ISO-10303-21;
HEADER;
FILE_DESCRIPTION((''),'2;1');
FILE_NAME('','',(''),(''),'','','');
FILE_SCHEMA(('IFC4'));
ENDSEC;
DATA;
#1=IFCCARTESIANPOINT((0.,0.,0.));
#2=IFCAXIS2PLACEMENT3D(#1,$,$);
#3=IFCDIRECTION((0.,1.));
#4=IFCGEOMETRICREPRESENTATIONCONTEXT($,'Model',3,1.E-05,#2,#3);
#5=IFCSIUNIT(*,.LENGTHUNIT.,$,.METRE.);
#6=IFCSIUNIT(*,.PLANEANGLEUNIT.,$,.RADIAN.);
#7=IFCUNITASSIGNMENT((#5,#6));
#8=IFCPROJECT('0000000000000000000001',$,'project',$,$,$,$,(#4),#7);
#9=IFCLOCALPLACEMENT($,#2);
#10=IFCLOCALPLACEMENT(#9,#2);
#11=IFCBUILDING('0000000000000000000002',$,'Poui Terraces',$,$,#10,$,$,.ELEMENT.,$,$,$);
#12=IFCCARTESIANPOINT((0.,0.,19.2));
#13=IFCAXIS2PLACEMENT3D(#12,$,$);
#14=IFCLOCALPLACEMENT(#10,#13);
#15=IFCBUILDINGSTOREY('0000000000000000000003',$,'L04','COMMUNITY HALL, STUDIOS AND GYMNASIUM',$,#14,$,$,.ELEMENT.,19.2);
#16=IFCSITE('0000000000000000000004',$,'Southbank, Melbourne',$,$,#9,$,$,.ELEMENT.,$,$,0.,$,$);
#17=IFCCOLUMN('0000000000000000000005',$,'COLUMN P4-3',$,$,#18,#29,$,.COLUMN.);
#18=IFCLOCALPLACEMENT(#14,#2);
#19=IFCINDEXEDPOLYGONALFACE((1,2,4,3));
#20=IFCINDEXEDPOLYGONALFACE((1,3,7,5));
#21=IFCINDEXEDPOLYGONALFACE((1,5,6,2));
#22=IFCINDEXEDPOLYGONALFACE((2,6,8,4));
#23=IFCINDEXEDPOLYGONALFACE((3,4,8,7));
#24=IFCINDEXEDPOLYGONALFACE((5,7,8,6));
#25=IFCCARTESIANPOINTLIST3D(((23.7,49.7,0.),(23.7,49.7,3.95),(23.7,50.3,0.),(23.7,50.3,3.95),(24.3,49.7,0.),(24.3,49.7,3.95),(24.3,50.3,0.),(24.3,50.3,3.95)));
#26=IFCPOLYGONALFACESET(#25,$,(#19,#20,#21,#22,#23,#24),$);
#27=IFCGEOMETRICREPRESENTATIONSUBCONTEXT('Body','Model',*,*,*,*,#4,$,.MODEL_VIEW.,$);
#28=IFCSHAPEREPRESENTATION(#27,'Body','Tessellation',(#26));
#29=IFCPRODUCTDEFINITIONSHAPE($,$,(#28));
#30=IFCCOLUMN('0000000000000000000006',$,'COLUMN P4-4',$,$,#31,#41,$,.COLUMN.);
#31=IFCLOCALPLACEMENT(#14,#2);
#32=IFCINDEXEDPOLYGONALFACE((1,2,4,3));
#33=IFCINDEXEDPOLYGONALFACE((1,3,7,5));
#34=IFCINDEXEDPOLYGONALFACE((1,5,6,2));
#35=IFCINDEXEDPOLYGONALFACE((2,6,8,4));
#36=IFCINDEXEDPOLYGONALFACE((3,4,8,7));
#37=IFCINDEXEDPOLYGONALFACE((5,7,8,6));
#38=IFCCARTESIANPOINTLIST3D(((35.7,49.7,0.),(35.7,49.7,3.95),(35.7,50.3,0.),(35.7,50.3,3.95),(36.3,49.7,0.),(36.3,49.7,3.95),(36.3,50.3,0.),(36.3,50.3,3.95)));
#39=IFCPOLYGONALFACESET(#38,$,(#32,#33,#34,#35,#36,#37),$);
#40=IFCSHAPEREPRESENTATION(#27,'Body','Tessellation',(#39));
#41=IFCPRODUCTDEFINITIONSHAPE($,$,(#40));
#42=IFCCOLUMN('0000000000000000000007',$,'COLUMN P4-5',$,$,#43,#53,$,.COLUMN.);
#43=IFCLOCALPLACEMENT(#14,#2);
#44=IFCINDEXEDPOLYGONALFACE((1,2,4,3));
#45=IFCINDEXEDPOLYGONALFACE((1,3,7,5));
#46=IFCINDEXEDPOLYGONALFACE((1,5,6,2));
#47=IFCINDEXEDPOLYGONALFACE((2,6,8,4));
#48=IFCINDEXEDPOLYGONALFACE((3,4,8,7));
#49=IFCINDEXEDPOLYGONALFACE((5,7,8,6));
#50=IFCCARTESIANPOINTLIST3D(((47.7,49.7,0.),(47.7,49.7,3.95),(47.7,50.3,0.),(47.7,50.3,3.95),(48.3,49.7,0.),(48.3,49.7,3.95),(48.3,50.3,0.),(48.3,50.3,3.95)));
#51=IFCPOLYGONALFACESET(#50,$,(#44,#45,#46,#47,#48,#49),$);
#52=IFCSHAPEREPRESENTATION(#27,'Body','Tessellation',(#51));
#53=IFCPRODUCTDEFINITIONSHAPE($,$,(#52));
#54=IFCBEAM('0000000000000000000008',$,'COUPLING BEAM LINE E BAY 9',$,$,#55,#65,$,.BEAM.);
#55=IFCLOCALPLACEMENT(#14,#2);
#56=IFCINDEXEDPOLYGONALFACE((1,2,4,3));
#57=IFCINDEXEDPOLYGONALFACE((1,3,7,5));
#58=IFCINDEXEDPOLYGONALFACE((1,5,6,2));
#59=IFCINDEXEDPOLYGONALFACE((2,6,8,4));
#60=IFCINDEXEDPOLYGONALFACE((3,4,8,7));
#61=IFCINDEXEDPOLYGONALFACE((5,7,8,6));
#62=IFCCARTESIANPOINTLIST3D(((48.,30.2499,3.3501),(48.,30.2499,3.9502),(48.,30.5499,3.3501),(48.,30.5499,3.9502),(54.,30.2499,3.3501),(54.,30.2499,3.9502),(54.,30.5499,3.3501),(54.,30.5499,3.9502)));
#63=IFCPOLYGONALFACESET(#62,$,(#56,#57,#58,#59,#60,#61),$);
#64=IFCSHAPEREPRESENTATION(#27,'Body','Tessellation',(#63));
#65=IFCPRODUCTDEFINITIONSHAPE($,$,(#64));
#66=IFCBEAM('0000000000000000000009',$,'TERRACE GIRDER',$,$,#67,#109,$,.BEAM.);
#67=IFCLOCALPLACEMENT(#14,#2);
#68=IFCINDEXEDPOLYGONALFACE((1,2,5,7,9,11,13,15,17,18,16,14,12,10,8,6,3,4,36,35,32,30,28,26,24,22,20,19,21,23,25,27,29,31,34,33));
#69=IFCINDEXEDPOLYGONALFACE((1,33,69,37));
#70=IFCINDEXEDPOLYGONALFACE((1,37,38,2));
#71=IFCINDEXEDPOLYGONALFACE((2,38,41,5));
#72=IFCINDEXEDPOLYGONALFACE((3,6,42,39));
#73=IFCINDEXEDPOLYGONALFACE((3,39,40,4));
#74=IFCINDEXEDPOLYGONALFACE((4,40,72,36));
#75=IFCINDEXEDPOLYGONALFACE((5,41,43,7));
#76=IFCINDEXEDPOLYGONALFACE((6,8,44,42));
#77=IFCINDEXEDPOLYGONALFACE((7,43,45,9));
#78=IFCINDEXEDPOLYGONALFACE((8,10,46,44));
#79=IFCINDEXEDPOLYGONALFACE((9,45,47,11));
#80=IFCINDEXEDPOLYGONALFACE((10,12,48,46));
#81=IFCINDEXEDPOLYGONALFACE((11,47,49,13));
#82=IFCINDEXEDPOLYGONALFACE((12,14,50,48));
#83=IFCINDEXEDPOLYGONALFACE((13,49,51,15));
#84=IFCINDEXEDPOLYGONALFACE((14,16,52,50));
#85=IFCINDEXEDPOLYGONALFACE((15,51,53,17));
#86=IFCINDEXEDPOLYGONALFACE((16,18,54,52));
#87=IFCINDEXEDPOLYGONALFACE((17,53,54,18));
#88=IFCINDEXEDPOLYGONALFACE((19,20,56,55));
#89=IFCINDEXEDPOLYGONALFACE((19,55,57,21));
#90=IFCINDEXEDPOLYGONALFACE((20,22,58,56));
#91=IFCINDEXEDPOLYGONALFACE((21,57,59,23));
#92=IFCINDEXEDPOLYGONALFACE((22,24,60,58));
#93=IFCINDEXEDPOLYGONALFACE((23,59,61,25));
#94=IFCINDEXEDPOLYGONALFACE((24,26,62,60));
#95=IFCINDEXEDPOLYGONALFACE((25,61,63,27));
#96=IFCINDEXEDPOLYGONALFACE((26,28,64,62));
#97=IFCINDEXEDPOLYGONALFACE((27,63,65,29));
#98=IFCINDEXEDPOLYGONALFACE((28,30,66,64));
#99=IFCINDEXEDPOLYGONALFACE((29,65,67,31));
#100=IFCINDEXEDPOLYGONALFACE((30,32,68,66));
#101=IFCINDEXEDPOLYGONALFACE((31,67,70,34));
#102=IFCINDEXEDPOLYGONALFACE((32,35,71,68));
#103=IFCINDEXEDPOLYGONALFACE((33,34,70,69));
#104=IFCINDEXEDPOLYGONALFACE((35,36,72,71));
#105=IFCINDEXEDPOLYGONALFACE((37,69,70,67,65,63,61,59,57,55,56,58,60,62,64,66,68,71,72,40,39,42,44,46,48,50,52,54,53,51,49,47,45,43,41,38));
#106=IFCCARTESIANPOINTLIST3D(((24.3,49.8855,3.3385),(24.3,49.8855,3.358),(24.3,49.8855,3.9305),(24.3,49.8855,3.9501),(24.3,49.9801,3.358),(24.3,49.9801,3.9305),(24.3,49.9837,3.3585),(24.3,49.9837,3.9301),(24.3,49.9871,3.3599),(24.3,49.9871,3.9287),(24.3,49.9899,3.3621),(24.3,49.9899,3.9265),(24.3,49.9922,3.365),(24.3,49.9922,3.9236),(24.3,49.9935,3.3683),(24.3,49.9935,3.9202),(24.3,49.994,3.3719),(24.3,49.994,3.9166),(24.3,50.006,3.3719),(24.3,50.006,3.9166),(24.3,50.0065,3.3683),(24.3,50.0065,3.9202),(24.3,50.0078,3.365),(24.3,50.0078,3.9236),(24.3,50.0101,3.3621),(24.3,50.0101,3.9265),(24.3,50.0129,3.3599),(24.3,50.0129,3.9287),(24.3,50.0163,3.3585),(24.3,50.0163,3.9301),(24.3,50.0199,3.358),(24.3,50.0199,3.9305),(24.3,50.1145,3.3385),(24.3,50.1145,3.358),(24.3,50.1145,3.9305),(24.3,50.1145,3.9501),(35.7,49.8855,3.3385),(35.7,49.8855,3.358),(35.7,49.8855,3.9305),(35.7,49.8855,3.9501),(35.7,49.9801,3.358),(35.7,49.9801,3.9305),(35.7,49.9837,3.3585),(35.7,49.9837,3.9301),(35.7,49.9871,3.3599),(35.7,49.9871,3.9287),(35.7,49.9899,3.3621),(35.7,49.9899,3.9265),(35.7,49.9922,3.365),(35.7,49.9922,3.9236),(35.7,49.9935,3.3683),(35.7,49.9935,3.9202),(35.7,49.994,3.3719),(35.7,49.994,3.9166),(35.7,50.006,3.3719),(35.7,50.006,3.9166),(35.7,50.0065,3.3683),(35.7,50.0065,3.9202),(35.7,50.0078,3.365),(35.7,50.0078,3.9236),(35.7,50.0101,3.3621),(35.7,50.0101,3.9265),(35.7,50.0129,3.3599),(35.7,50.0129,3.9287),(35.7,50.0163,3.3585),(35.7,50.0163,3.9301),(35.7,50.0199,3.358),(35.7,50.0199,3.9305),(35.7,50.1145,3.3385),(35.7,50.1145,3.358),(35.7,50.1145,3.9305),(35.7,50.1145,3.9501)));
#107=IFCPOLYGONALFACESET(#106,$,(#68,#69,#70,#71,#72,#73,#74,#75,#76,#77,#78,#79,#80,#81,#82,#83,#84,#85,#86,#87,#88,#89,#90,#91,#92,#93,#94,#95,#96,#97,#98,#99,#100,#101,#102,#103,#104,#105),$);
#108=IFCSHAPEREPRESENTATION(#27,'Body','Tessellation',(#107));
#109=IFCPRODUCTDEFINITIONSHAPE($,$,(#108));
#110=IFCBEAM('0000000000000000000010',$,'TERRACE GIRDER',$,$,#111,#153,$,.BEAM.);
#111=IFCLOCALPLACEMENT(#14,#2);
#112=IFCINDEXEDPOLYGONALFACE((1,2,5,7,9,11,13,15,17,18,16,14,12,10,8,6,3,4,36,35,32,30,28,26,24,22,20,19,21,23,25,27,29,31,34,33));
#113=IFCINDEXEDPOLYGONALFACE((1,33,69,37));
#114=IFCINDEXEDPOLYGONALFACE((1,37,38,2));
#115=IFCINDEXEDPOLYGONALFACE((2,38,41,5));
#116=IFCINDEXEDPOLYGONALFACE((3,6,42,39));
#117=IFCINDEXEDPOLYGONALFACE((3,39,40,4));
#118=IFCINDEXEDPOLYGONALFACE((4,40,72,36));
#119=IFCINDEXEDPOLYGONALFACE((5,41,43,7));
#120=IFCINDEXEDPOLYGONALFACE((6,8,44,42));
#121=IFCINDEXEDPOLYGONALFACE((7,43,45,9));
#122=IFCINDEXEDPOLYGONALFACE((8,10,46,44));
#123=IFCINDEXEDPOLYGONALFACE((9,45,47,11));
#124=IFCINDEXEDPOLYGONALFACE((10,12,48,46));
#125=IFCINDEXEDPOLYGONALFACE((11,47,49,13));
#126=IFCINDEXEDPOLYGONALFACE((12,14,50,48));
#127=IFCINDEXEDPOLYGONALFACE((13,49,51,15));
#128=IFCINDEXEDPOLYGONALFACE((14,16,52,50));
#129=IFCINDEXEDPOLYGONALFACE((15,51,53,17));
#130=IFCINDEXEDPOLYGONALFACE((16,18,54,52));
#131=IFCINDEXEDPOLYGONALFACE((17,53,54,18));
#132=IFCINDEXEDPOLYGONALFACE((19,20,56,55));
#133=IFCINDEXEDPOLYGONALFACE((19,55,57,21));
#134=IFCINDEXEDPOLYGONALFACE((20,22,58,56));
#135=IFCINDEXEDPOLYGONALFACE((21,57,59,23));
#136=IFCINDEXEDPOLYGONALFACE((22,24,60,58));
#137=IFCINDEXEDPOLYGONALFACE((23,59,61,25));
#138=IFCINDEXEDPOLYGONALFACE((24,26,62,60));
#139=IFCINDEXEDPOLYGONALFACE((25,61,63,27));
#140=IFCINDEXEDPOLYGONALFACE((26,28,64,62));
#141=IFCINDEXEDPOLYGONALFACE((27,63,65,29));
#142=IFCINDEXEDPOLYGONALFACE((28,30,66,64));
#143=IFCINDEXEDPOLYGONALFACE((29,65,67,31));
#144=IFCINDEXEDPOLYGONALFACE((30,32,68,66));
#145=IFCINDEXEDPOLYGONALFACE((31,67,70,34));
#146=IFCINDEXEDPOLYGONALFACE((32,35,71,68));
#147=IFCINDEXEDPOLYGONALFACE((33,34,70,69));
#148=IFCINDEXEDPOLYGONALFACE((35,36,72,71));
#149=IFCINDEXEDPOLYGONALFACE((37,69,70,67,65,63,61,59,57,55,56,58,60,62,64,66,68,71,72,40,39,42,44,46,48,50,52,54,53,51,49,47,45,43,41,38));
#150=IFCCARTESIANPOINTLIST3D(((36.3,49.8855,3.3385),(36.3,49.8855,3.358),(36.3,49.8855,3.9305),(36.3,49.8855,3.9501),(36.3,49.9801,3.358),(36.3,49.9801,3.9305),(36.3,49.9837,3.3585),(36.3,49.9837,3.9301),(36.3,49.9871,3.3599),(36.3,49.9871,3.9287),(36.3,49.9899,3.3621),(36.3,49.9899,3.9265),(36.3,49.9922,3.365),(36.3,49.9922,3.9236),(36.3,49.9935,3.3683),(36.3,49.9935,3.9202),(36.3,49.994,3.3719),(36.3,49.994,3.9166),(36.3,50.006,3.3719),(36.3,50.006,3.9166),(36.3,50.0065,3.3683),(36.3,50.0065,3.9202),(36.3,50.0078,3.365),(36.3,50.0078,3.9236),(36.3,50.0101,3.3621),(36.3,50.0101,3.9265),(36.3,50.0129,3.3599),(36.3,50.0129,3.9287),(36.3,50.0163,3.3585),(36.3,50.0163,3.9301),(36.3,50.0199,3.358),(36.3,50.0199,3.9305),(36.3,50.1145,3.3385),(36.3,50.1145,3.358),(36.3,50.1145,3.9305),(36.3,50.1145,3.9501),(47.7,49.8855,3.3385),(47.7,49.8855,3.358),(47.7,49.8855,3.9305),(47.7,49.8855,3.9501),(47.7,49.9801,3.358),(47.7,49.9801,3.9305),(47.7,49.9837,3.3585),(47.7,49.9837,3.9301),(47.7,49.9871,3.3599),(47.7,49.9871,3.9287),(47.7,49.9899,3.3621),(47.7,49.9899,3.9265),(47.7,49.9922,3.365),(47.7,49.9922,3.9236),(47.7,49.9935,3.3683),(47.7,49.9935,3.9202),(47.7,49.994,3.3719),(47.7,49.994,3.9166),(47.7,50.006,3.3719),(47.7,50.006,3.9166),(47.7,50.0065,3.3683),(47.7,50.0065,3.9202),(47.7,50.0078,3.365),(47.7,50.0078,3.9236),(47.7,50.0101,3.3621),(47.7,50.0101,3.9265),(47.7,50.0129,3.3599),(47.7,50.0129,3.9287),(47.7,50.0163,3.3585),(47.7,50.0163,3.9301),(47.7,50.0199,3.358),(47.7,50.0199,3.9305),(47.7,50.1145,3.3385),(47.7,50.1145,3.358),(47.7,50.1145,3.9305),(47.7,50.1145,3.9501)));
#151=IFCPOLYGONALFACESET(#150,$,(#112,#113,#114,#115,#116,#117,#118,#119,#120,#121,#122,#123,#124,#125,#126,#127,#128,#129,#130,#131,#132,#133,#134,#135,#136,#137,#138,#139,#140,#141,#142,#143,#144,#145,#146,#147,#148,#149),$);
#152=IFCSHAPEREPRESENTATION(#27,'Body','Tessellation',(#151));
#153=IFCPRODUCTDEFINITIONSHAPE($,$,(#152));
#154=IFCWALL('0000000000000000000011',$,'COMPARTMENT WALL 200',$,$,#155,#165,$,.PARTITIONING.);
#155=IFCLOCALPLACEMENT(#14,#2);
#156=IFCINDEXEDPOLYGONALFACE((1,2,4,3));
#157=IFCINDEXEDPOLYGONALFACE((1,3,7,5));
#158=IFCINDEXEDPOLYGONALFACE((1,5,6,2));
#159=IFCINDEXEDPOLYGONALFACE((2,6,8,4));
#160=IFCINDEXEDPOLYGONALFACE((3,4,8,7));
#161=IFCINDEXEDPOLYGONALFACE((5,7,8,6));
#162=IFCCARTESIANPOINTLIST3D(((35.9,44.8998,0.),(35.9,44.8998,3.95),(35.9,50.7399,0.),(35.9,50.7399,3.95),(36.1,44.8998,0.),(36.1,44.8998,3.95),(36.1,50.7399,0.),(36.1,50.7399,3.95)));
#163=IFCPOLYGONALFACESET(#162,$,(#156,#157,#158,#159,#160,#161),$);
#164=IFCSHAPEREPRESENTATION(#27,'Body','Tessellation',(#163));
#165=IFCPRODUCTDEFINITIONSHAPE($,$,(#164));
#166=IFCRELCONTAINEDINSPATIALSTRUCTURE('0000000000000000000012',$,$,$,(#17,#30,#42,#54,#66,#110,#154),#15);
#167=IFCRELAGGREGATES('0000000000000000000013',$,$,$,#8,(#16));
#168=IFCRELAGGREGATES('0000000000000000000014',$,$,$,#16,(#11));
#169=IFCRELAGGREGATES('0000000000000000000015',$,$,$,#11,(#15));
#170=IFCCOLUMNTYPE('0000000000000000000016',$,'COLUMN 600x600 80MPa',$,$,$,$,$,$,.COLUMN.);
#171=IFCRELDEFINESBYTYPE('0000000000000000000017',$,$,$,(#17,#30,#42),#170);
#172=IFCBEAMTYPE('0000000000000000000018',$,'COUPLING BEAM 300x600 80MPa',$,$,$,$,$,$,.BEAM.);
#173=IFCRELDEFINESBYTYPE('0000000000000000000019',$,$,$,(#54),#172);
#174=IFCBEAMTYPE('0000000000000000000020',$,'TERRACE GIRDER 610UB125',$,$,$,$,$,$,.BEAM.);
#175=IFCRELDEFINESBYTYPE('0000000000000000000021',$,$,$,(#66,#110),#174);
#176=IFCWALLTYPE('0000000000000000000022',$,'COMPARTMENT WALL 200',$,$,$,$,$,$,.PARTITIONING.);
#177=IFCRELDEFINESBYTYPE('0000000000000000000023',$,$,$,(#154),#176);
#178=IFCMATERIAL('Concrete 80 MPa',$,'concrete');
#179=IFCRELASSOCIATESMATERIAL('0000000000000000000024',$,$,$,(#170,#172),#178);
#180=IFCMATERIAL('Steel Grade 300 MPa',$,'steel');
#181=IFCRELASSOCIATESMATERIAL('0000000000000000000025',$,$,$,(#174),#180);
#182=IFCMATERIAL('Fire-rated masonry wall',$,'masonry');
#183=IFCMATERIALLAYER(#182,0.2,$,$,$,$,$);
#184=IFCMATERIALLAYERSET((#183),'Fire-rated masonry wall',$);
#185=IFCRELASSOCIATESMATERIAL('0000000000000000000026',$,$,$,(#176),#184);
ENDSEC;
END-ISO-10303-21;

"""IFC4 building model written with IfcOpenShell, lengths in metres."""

from ifc_helpers import new_model, si_unit, direction, frame, frame_2d, origin, origin_2d, place, context, subcontext, project, spatial, rectangle, i_section, extrude, source, transform, mapped, material, layer, layer_set, material_profile, profile_set, type_object, element, save


model = new_model("IFC4")

# Units and contexts
model_context = context("Model", 3, precision=1e-05, world=origin(), true_north=direction((0.0, 1.0)))
body_context = subcontext(model_context, "Body", "Model", "MODEL_VIEW")
ifc_project = project(units=[si_unit("LENGTHUNIT", "METRE"), si_unit("PLANEANGLEUNIT", "RADIAN")], contexts=[model_context])

# Site, building, storey
site_placement = place(None, origin())
site = spatial("IfcSite", under=ifc_project, at=site_placement, Name="Southbank, Melbourne", CompositionType="ELEMENT", RefElevation=0.0)
building_placement = place(site_placement, origin())
building = spatial("IfcBuilding", under=site, at=building_placement, Name="Poui Terraces", CompositionType="ELEMENT")
storey_placement = place(building_placement, frame((0.0, 0.0, 19.2)))
storey = spatial("IfcBuildingStorey", under=building, at=storey_placement, Name="L04", Description="COMMUNITY HALL, STUDIOS AND GYMNASIUM", CompositionType="ELEMENT", Elevation=19.2)

# Columns
ifc_material_1 = material(Name="Concrete 80 MPa", Category="concrete")
ifc_material_profile_1 = material_profile(ifc_material_1, rectangle(XDim=0.6001, YDim=0.6001, at=origin_2d()), Name="RC 600x600")
ifc_profile_set_1 = profile_set([ifc_material_profile_1], Name="Concrete 80 MPa")
column_type = type_object("IfcColumnType", Name="COLUMN 600x600 80MPa", PredefinedType="COLUMN", material=ifc_profile_set_1)
shared_shape_1 = source(origin(), body_context, "Body", "SweptSolid", [
    extrude(rectangle(XDim=0.6001, YDim=0.6001, at=origin_2d()), origin(), (0.0, 0.0, 1.0), 3.95),
])
for number, where, z_axis, x_axis, name in (
    (1, (24.0, 50.0, 0.0), (0.0, 0.0, 1.0), (1.0, 0.0, 0.0), "COLUMN P4-3"),
    (2, (36.0, 50.0, 0.0), (0.0, 0.0, 1.0), (1.0, 0.0, 0.0), "COLUMN P4-4"),
    (3, (48.0, 50.0, 0.0), (0.0, 0.0, 1.0), (1.0, 0.0, 0.0), "COLUMN P4-5"),
):
    element("IfcColumn", number, at=place(storey_placement, frame(where, z_axis=z_axis, x_axis=x_axis)), inside=storey, type_object=column_type, Name=name, PredefinedType="COLUMN", context=body_context, shape_type="MappedRepresentation", body=[
        mapped(shared_shape_1, transform((0.0, 0.0, 0.0))),
    ])

# Beams
ifc_material_profile_2 = material_profile(ifc_material_1, rectangle(XDim=0.3, YDim=0.6001, at=origin_2d()), Name="RC 300x600")
ifc_profile_set_2 = profile_set([ifc_material_profile_2], Name="Concrete 80 MPa")
beam_type_1 = type_object("IfcBeamType", Name="COUPLING BEAM 300x600 80MPa", PredefinedType="BEAM", material=ifc_profile_set_2)
shared_shape_2 = source(origin(), body_context, "Body", "SweptSolid", [
    extrude(rectangle(XDim=0.3, YDim=0.6001, at=origin_2d()), origin(), (0.0, 0.0, 1.0), 6.0),
])
beam_placement = place(storey_placement, frame((48.0, 30.3999, 3.6501), z_axis=(1.0, 0.0, 0.0), x_axis=(0.0, 1.0, 0.0)))
element("IfcBeam", 4, at=beam_placement, inside=storey, type_object=beam_type_1, Name="COUPLING BEAM LINE E BAY 9", PredefinedType="BEAM", context=body_context, shape_type="MappedRepresentation", body=[
    mapped(shared_shape_2, transform((0.0, 0.0, 0.0))),
])
ifc_material_2 = material(Name="Steel Grade 300 MPa", Category="steel")
ifc_material_profile_3 = material_profile(ifc_material_2, i_section(OverallWidth=0.229, OverallDepth=0.6116, WebThickness=0.012, FlangeThickness=0.0195, FilletRadius=0.0139, at=origin_2d()), Name="610UB125")
ifc_profile_set_3 = profile_set([ifc_material_profile_3], Name="Steel Grade 300 MPa")
beam_type_2 = type_object("IfcBeamType", Name="TERRACE GIRDER 610UB125", PredefinedType="BEAM", material=ifc_profile_set_3)
shared_shape_3 = source(origin(), body_context, "Body", "SweptSolid", [
    extrude(i_section(OverallWidth=0.229, OverallDepth=0.6116, WebThickness=0.012, FlangeThickness=0.0195, FilletRadius=0.0139, at=origin_2d()), origin(), (0.0, 0.0, 1.0), 11.3999),
])
for number, where, z_axis, x_axis, name in (
    (5, (24.3, 50.0, 3.6443), (1.0, 0.0, 0.0), (0.0, 1.0, 0.0), "TERRACE GIRDER"),
    (6, (36.3, 50.0, 3.6443), (1.0, 0.0, 0.0), (0.0, 1.0, 0.0), "TERRACE GIRDER"),
):
    element("IfcBeam", number, at=place(storey_placement, frame(where, z_axis=z_axis, x_axis=x_axis)), inside=storey, type_object=beam_type_2, Name=name, PredefinedType="BEAM", context=body_context, shape_type="MappedRepresentation", body=[
        mapped(shared_shape_3, transform((0.0, 0.0, 0.0))),
    ])

# Wall
ifc_material_3 = material(Name="Fire-rated masonry wall", Category="masonry")
ifc_layer_1 = layer(ifc_material_3, 0.2)
ifc_layer_set_1 = layer_set([ifc_layer_1], Name="Fire-rated masonry wall")
wall_type_1 = type_object("IfcWallType", Name="COMPARTMENT WALL 200", PredefinedType="PARTITIONING", material=ifc_layer_set_1)
wall_1_placement = place(storey_placement, frame((36.0, 44.8999, 0.0), z_axis=(0.0, 0.0, 1.0), x_axis=(0.0, 1.0, 0.0)))
element("IfcWall", 7, at=wall_1_placement, inside=storey, type_object=wall_type_1, Name="COMPARTMENT WALL 200", PredefinedType="PARTITIONING", context=body_context, shape_type="SweptSolid", body=[
    extrude(rectangle(XDim=5.8401, YDim=0.2, at=frame_2d((2.9199, 0.0))), origin(), (0.0, 0.0, 1.0), 3.95),
])

save(model, "model.ifc")
